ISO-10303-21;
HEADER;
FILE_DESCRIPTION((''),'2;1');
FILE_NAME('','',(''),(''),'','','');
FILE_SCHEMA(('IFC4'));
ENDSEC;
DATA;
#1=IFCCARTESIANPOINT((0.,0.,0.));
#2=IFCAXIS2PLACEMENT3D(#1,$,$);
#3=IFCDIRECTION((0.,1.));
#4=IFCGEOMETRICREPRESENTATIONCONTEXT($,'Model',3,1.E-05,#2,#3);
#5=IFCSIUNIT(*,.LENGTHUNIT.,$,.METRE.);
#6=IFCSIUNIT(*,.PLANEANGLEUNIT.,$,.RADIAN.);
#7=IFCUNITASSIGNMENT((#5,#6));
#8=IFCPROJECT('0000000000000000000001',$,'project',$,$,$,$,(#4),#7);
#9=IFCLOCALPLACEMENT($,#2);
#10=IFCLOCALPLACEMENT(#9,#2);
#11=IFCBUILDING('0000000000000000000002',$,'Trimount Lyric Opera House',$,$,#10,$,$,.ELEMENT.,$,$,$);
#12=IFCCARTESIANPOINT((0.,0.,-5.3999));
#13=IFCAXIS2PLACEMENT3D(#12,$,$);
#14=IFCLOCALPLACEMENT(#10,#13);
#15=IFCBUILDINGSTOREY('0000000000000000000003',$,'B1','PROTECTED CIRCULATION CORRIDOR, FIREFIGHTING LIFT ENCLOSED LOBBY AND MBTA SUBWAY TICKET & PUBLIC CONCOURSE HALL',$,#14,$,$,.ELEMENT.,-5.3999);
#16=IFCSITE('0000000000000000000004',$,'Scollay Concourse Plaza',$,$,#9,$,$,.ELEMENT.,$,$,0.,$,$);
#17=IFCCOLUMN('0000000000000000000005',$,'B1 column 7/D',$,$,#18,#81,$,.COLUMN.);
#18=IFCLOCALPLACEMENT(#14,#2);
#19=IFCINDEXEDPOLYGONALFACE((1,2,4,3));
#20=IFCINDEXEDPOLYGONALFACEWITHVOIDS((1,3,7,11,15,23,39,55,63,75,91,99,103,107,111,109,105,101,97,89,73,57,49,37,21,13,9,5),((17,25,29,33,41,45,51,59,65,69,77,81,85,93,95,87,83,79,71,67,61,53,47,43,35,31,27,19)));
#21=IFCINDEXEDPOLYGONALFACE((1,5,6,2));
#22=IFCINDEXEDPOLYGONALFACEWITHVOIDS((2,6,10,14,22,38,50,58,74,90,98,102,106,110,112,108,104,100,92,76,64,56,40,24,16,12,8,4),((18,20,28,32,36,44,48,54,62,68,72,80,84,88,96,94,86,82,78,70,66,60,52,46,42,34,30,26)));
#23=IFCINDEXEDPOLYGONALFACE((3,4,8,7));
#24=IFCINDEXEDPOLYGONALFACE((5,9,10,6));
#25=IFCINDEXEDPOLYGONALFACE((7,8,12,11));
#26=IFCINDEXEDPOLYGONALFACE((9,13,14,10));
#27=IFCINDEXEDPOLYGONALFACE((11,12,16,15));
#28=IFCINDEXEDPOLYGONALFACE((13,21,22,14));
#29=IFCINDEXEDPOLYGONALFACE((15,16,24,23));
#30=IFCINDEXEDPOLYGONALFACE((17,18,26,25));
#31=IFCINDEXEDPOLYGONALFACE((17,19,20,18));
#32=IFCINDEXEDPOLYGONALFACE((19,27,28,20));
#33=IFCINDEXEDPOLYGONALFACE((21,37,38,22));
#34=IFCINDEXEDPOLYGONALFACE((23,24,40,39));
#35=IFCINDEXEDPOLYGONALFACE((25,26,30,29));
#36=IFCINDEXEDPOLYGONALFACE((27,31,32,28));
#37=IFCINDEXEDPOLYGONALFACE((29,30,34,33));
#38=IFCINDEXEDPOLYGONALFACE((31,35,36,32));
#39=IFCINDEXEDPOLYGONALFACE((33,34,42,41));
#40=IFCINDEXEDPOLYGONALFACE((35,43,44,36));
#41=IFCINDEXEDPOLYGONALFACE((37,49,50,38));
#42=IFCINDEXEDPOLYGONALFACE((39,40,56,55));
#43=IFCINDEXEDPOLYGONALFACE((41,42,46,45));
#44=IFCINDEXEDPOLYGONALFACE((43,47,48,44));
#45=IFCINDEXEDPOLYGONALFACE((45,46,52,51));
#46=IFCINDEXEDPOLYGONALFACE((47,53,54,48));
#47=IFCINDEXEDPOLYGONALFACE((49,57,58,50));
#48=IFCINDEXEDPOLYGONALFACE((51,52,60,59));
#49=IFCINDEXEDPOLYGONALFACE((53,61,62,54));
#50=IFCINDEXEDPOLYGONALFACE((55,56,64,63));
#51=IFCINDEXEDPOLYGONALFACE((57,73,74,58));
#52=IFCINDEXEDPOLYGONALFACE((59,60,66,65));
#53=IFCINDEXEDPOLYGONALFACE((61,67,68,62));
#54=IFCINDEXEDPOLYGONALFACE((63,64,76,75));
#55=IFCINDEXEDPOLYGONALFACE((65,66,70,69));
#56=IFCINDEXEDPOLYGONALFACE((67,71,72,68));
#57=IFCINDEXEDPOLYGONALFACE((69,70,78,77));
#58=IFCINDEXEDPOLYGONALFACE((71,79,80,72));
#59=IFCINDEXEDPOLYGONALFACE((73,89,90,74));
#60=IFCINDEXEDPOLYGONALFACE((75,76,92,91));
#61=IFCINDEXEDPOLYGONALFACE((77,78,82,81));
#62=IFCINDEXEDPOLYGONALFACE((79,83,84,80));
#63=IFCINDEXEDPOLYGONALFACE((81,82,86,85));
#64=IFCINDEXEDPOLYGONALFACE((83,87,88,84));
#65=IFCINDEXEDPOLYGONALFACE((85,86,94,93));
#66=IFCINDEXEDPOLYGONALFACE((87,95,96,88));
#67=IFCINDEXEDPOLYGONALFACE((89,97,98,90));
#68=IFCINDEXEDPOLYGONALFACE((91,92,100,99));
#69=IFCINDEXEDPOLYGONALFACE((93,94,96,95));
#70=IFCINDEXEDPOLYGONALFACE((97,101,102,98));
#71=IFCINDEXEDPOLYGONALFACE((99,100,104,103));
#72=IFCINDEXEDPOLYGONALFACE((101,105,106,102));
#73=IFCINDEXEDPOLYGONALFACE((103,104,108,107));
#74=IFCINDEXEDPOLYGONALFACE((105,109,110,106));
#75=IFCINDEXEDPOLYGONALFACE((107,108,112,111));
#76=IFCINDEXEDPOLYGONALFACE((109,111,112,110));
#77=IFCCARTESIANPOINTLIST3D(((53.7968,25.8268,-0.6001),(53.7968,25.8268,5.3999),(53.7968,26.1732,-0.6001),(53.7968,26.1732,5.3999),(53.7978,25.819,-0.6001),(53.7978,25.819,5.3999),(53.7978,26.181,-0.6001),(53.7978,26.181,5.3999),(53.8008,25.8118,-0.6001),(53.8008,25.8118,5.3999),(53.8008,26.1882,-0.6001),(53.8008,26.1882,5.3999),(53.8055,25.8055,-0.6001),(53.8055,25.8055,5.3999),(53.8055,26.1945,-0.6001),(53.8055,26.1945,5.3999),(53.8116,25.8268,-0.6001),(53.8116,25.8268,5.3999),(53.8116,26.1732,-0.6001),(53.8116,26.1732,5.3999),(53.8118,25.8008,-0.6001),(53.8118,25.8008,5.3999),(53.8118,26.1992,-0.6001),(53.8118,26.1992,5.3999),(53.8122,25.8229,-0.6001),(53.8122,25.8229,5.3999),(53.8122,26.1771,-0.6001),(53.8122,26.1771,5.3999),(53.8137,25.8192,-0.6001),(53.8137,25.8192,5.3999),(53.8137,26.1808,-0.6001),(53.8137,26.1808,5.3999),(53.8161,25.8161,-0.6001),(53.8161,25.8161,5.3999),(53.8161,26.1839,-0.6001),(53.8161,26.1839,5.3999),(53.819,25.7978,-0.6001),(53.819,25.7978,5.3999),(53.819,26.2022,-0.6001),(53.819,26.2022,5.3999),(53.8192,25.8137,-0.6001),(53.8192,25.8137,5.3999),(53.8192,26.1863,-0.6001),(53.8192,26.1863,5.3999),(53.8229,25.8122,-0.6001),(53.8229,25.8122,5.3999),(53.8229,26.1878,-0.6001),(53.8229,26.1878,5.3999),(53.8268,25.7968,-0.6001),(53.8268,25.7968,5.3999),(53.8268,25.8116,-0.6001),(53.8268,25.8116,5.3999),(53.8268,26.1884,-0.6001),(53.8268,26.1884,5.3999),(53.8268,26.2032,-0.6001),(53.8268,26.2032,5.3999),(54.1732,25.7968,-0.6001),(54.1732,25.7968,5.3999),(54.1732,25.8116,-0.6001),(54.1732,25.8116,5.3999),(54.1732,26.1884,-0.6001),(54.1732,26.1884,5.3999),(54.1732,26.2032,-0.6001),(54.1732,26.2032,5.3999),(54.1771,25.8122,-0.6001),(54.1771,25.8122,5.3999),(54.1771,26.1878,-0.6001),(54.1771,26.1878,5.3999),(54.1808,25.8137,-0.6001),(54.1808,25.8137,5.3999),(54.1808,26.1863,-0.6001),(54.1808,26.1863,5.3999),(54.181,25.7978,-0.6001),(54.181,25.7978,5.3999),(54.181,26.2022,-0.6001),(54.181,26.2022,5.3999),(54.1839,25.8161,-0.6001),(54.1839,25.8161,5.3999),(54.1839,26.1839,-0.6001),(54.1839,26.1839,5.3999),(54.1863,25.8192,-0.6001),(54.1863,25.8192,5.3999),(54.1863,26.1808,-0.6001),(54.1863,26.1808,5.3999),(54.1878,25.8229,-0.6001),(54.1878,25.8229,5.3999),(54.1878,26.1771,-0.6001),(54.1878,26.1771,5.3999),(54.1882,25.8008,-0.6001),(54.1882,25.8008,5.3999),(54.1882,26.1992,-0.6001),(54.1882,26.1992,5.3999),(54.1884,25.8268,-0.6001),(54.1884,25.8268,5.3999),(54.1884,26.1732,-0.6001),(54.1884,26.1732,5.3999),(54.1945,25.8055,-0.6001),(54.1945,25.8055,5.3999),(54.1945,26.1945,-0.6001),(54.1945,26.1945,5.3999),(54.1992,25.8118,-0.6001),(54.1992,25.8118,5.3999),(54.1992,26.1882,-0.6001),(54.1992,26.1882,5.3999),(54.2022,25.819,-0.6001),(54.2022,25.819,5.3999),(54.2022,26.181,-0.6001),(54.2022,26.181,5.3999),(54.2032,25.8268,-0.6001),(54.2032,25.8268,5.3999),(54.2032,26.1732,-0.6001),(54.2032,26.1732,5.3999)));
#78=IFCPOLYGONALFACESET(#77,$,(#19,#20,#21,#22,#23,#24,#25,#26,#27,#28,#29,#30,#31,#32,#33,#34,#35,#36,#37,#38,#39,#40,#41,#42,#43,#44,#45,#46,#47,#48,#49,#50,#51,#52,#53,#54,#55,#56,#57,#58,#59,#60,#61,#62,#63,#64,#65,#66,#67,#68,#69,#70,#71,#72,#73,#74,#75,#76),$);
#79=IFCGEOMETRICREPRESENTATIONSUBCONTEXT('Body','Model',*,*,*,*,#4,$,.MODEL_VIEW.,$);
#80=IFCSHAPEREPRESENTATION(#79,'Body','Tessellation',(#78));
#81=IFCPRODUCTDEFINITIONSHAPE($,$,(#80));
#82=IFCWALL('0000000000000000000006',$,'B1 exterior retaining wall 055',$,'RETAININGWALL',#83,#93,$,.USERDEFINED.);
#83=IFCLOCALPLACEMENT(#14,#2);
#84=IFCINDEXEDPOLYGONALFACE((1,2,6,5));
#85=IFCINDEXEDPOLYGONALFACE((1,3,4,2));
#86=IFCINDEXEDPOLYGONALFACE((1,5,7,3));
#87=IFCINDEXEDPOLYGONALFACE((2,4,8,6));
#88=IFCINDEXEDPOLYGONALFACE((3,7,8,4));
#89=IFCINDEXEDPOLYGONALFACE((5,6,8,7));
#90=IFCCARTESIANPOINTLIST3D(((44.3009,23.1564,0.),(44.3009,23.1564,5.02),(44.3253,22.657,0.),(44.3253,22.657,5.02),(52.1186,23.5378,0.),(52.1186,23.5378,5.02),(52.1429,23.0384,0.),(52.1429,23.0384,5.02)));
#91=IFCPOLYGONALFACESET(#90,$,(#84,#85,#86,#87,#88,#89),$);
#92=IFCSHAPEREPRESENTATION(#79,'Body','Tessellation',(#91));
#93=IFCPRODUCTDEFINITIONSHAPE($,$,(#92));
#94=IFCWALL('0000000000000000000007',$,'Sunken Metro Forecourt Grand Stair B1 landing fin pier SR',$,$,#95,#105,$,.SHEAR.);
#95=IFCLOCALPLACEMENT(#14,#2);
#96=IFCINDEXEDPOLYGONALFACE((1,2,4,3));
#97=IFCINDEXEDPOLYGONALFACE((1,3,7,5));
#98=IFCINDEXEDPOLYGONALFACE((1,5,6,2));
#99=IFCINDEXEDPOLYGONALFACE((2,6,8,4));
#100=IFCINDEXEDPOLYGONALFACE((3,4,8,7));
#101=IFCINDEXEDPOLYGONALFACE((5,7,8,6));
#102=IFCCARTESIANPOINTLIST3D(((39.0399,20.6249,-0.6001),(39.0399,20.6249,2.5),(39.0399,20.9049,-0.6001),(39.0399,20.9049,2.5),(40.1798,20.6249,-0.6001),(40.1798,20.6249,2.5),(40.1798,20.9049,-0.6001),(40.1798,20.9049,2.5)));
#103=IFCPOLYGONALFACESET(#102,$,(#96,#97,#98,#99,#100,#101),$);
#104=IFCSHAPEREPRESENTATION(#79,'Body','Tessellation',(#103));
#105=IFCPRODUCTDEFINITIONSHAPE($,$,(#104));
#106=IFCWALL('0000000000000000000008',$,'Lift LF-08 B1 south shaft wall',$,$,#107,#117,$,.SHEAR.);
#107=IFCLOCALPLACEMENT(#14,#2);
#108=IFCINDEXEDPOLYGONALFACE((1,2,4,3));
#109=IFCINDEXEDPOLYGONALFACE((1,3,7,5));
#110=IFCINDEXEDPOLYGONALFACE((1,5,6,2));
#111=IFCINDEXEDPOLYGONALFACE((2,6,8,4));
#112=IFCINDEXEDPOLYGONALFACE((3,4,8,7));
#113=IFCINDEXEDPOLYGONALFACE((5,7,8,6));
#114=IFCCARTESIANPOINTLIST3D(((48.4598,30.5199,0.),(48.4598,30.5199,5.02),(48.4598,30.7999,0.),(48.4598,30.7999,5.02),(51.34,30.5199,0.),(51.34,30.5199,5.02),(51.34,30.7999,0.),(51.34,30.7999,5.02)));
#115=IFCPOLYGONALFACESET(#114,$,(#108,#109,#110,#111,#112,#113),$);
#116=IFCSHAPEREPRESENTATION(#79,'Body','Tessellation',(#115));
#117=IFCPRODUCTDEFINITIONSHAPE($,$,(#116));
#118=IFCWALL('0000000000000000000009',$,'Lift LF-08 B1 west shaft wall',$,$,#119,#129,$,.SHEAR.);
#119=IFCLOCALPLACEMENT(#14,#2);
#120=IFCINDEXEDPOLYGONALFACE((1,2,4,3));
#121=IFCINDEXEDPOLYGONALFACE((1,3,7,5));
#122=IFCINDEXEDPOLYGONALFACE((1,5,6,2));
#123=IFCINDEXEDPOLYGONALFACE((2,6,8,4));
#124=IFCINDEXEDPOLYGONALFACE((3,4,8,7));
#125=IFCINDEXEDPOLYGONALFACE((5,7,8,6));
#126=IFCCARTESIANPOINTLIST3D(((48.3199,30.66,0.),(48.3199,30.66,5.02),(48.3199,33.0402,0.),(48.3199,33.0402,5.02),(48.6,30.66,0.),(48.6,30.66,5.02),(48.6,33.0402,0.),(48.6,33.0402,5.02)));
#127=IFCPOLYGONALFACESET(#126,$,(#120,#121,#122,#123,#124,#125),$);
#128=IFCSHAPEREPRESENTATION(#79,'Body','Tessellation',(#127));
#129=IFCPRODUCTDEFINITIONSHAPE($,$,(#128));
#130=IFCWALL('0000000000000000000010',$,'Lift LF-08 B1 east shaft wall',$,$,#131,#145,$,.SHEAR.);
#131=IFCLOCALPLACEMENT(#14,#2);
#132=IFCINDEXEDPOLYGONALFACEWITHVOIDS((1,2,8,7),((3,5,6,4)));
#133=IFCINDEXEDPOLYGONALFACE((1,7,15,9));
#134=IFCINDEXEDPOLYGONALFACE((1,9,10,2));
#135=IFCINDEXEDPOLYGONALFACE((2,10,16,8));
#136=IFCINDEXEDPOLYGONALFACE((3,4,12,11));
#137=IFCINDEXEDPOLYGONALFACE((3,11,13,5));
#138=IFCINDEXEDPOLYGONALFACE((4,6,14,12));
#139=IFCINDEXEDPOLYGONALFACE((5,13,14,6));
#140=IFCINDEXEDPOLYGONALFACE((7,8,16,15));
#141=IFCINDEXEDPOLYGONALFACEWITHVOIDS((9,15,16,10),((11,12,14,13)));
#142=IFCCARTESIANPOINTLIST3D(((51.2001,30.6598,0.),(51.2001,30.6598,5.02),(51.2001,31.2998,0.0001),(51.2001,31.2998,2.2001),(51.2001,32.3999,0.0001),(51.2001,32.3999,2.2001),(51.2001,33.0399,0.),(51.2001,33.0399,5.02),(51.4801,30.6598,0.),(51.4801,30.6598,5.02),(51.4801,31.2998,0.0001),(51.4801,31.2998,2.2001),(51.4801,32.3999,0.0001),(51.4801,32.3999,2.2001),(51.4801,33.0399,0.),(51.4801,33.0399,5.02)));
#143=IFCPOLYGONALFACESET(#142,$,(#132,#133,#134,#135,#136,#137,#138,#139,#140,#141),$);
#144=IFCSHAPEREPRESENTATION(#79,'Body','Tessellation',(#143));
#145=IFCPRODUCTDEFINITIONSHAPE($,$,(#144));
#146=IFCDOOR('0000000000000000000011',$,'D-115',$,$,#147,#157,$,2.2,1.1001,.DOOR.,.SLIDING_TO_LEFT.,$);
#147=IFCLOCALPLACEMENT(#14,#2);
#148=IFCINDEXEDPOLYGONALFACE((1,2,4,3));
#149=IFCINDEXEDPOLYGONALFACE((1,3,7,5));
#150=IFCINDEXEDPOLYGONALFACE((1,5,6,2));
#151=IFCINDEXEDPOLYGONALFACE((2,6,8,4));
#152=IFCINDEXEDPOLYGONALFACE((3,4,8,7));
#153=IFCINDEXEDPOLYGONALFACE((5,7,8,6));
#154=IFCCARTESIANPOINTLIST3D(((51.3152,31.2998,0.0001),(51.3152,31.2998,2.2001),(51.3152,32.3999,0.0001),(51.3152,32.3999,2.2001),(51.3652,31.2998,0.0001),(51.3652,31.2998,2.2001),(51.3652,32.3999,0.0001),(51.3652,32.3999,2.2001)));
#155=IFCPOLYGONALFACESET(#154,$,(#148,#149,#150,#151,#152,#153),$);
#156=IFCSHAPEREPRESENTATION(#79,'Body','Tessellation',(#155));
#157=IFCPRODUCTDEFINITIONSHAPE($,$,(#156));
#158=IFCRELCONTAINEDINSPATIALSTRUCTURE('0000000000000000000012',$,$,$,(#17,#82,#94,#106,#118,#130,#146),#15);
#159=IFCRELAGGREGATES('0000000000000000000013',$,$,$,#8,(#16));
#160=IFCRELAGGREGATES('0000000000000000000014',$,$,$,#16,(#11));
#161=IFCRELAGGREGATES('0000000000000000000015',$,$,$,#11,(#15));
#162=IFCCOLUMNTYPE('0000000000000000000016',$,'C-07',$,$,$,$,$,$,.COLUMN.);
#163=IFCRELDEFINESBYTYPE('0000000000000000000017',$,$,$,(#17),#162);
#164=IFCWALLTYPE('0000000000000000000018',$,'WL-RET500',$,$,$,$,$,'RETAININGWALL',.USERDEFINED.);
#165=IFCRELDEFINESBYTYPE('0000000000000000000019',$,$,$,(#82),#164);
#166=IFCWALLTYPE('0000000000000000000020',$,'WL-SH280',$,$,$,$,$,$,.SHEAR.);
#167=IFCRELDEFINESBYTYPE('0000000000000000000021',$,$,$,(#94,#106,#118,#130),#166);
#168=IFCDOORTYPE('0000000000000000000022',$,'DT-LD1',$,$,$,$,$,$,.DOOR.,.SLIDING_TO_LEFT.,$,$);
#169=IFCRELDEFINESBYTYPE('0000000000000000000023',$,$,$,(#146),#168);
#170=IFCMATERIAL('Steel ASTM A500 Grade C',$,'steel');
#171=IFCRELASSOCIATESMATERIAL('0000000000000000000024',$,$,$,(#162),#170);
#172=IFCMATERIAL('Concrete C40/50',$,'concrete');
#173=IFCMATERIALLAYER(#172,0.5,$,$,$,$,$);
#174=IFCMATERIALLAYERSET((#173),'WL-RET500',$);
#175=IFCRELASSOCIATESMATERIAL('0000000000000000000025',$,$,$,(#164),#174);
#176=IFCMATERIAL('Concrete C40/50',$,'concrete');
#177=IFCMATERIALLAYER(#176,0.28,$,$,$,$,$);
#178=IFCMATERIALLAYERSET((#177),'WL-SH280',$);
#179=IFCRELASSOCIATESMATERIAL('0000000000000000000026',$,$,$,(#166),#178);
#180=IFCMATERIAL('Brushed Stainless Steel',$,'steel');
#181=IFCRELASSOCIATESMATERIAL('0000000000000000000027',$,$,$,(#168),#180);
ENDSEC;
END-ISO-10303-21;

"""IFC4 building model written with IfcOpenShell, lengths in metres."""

from ifc_helpers import new_model, si_unit, direction, frame, frame_2d, origin, origin_2d, place, context, subcontext, project, spatial, rectangle, hollow_rectangle, extrude, material, layer, layer_set, material_profile, profile_set, type_object, element, fill, save


model = new_model("IFC4")

# Units and contexts
model_context = context("Model", 3, precision=1e-05, world=origin(), true_north=direction((0.0, 1.0)))
body_context = subcontext(model_context, "Body", "Model", "MODEL_VIEW")
ifc_project = project(units=[si_unit("LENGTHUNIT", "METRE"), si_unit("PLANEANGLEUNIT", "RADIAN")], contexts=[model_context])

# Site, building, storey
site_placement = place(None, origin())
site = spatial("IfcSite", under=ifc_project, at=site_placement, Name="Scollay Concourse Plaza", CompositionType="ELEMENT", RefElevation=0.0)
building_placement = place(site_placement, origin())
building = spatial("IfcBuilding", under=site, at=building_placement, Name="Trimount Lyric Opera House", CompositionType="ELEMENT")
storey_placement = place(building_placement, frame((0.0, 0.0, -5.3999)))
storey = spatial("IfcBuildingStorey", under=building, at=storey_placement, Name="B1", Description="PROTECTED CIRCULATION CORRIDOR, FIREFIGHTING LIFT ENCLOSED LOBBY AND MBTA SUBWAY TICKET & PUBLIC CONCOURSE HALL", CompositionType="ELEMENT", Elevation=-5.3999)

# Column
ifc_material_1 = material(Name="Steel ASTM A500 Grade C", Category="steel")
ifc_material_profile_1 = material_profile(ifc_material_1, hollow_rectangle(XDim=0.4065, YDim=0.4065, WallThickness=0.0149, InnerFilletRadius=0.0151, OuterFilletRadius=0.03, at=origin_2d()), Name="HSS406.4X406.4X15.9")
ifc_profile_set_1 = profile_set([ifc_material_profile_1], Name="Steel ASTM A500 Grade C")
column_type_1 = type_object("IfcColumnType", Name="C-07", PredefinedType="COLUMN", material=ifc_profile_set_1)
column_1_placement = place(storey_placement, frame((54.0, 26.0, -0.6001), z_axis=(0.0, 0.0, 1.0), x_axis=(1.0, 0.0, 0.0)))
element("IfcColumn", 1, at=column_1_placement, inside=storey, type_object=column_type_1, Name="B1 column 7/D", PredefinedType="COLUMN", context=body_context, shape_type="SweptSolid", body=[
    extrude(hollow_rectangle(XDim=0.4065, YDim=0.4065, WallThickness=0.0149, InnerFilletRadius=0.0151, OuterFilletRadius=0.03, at=origin_2d()), origin(), (0.0, 0.0, 1.0), 6.0),
])

# Wall
ifc_material_2 = material(Name="Concrete C40/50", Category="concrete")
ifc_layer_1 = layer(ifc_material_2, 0.5)
ifc_layer_set_1 = layer_set([ifc_layer_1], Name="WL-RET500")
wall_type_1 = type_object("IfcWallType", Name="WL-RET500", ElementType="RETAININGWALL", PredefinedType="USERDEFINED", material=ifc_layer_set_1)
wall_1_placement = place(storey_placement, frame((52.1309, 23.2881, 0.0), z_axis=(0.0, 0.0, 1.0), x_axis=(-0.998812, -0.048723, 0.0)))
element("IfcWall", 2, at=wall_1_placement, inside=storey, type_object=wall_type_1, Name="B1 exterior retaining wall 055", ObjectType="RETAININGWALL", PredefinedType="USERDEFINED", context=body_context, shape_type="SweptSolid", body=[
    extrude(rectangle(XDim=7.8269, YDim=0.5, at=frame_2d((3.9136, 0.0))), origin(), (0.0, 0.0, 1.0), 5.02),
])

# Walls
ifc_material_3 = material(Name="Concrete C40/50", Category="concrete")
ifc_layer_2 = layer(ifc_material_3, 0.28)
ifc_layer_set_2 = layer_set([ifc_layer_2], Name="WL-SH280")
wall_type_2 = type_object("IfcWallType", Name="WL-SH280", PredefinedType="SHEAR", material=ifc_layer_set_2)
wall_2_placement = place(storey_placement, frame((39.04, 20.7649, -0.6001), z_axis=(0.0, 0.0, 1.0), x_axis=(1.0, 0.0, 0.0)))
element("IfcWall", 3, at=wall_2_placement, inside=storey, type_object=wall_type_2, Name="Sunken Metro Forecourt Grand Stair B1 landing fin pier SR", PredefinedType="SHEAR", context=body_context, shape_type="SweptSolid", body=[
    extrude(rectangle(XDim=1.1399, YDim=0.28, at=frame_2d((0.5698, 0.0))), origin(), (0.0, 0.0, 1.0), 3.1001),
])
wall_3_placement = place(storey_placement, frame((48.46, 30.6599, 0.0), z_axis=(0.0, 0.0, 1.0), x_axis=(1.0, 0.0, 0.0)))
element("IfcWall", 4, at=wall_3_placement, inside=storey, type_object=wall_type_2, Name="Lift LF-08 B1 south shaft wall", PredefinedType="SHEAR", context=body_context, shape_type="SweptSolid", body=[
    extrude(rectangle(XDim=2.8801, YDim=0.28, at=frame_2d((1.4399, 0.0))), origin(), (0.0, 0.0, 1.0), 5.02),
])
wall_4_placement = place(storey_placement, frame((48.46, 33.04, 0.0), z_axis=(0.0, 0.0, 1.0), x_axis=(0.0, -1.0, 0.0)))
element("IfcWall", 5, at=wall_4_placement, inside=storey, type_object=wall_type_2, Name="Lift LF-08 B1 west shaft wall", PredefinedType="SHEAR", context=body_context, shape_type="SweptSolid", body=[
    extrude(rectangle(XDim=2.3801, YDim=0.28, at=frame_2d((1.1899, 0.0))), origin(), (0.0, 0.0, 1.0), 5.02),
])

# Wall, opening, door
wall_5_placement = place(storey_placement, frame((51.3401, 30.6599, 0.0), z_axis=(0.0, 0.0, 1.0), x_axis=(0.0, 1.0, 0.0)))
wall_5 = element("IfcWall", 6, at=wall_5_placement, inside=storey, type_object=wall_type_2, Name="Lift LF-08 B1 east shaft wall", PredefinedType="SHEAR", context=body_context, shape_type="SweptSolid", body=[
    extrude(rectangle(XDim=2.3801, YDim=0.28, at=frame_2d((1.1899, 0.0))), origin(), (0.0, 0.0, 1.0), 5.02),
])
opening_1_placement = place(wall_5_placement, frame((0.6399, 0.0, 0.0)))
opening_1 = element("IfcOpeningElement", 7, at=opening_1_placement, cuts=wall_5, PredefinedType="OPENING", context=body_context, shape_type="SweptSolid", body=[
    extrude(rectangle(XDim=1.1001, YDim=2.2, at=frame_2d((0.55, 1.1001))), frame((0.0, 0.1499, 0.0), z_axis=(0.0, -1.0, 0.0), x_axis=(1.0, 0.0, 0.0)), (0.0, 0.0, 1.0), 0.3),
])
ifc_material_4 = material(Name="Brushed Stainless Steel", Category="steel")
door_type_1 = type_object("IfcDoorType", Name="DT-LD1", OperationType="SLIDING_TO_LEFT", PredefinedType="DOOR", material=ifc_material_4)
door_1_placement = place(opening_1_placement, origin())
door_1 = element("IfcDoor", 8, at=door_1_placement, inside=storey, type_object=door_type_1, Name="D-115", OperationType="SLIDING_TO_LEFT", OverallHeight=2.2, OverallWidth=1.1001, PredefinedType="DOOR", context=body_context, shape_type="SweptSolid", body=[
    extrude(rectangle(XDim=1.1001, YDim=2.2, at=frame_2d((0.55, 1.1001))), frame((0.0, 0.0249, 0.0), z_axis=(0.0, -1.0, 0.0), x_axis=(1.0, 0.0, 0.0)), (0.0, 0.0, 1.0), 0.05),
])
fill(opening_1, door_1)

save(model, "model.ifc")
